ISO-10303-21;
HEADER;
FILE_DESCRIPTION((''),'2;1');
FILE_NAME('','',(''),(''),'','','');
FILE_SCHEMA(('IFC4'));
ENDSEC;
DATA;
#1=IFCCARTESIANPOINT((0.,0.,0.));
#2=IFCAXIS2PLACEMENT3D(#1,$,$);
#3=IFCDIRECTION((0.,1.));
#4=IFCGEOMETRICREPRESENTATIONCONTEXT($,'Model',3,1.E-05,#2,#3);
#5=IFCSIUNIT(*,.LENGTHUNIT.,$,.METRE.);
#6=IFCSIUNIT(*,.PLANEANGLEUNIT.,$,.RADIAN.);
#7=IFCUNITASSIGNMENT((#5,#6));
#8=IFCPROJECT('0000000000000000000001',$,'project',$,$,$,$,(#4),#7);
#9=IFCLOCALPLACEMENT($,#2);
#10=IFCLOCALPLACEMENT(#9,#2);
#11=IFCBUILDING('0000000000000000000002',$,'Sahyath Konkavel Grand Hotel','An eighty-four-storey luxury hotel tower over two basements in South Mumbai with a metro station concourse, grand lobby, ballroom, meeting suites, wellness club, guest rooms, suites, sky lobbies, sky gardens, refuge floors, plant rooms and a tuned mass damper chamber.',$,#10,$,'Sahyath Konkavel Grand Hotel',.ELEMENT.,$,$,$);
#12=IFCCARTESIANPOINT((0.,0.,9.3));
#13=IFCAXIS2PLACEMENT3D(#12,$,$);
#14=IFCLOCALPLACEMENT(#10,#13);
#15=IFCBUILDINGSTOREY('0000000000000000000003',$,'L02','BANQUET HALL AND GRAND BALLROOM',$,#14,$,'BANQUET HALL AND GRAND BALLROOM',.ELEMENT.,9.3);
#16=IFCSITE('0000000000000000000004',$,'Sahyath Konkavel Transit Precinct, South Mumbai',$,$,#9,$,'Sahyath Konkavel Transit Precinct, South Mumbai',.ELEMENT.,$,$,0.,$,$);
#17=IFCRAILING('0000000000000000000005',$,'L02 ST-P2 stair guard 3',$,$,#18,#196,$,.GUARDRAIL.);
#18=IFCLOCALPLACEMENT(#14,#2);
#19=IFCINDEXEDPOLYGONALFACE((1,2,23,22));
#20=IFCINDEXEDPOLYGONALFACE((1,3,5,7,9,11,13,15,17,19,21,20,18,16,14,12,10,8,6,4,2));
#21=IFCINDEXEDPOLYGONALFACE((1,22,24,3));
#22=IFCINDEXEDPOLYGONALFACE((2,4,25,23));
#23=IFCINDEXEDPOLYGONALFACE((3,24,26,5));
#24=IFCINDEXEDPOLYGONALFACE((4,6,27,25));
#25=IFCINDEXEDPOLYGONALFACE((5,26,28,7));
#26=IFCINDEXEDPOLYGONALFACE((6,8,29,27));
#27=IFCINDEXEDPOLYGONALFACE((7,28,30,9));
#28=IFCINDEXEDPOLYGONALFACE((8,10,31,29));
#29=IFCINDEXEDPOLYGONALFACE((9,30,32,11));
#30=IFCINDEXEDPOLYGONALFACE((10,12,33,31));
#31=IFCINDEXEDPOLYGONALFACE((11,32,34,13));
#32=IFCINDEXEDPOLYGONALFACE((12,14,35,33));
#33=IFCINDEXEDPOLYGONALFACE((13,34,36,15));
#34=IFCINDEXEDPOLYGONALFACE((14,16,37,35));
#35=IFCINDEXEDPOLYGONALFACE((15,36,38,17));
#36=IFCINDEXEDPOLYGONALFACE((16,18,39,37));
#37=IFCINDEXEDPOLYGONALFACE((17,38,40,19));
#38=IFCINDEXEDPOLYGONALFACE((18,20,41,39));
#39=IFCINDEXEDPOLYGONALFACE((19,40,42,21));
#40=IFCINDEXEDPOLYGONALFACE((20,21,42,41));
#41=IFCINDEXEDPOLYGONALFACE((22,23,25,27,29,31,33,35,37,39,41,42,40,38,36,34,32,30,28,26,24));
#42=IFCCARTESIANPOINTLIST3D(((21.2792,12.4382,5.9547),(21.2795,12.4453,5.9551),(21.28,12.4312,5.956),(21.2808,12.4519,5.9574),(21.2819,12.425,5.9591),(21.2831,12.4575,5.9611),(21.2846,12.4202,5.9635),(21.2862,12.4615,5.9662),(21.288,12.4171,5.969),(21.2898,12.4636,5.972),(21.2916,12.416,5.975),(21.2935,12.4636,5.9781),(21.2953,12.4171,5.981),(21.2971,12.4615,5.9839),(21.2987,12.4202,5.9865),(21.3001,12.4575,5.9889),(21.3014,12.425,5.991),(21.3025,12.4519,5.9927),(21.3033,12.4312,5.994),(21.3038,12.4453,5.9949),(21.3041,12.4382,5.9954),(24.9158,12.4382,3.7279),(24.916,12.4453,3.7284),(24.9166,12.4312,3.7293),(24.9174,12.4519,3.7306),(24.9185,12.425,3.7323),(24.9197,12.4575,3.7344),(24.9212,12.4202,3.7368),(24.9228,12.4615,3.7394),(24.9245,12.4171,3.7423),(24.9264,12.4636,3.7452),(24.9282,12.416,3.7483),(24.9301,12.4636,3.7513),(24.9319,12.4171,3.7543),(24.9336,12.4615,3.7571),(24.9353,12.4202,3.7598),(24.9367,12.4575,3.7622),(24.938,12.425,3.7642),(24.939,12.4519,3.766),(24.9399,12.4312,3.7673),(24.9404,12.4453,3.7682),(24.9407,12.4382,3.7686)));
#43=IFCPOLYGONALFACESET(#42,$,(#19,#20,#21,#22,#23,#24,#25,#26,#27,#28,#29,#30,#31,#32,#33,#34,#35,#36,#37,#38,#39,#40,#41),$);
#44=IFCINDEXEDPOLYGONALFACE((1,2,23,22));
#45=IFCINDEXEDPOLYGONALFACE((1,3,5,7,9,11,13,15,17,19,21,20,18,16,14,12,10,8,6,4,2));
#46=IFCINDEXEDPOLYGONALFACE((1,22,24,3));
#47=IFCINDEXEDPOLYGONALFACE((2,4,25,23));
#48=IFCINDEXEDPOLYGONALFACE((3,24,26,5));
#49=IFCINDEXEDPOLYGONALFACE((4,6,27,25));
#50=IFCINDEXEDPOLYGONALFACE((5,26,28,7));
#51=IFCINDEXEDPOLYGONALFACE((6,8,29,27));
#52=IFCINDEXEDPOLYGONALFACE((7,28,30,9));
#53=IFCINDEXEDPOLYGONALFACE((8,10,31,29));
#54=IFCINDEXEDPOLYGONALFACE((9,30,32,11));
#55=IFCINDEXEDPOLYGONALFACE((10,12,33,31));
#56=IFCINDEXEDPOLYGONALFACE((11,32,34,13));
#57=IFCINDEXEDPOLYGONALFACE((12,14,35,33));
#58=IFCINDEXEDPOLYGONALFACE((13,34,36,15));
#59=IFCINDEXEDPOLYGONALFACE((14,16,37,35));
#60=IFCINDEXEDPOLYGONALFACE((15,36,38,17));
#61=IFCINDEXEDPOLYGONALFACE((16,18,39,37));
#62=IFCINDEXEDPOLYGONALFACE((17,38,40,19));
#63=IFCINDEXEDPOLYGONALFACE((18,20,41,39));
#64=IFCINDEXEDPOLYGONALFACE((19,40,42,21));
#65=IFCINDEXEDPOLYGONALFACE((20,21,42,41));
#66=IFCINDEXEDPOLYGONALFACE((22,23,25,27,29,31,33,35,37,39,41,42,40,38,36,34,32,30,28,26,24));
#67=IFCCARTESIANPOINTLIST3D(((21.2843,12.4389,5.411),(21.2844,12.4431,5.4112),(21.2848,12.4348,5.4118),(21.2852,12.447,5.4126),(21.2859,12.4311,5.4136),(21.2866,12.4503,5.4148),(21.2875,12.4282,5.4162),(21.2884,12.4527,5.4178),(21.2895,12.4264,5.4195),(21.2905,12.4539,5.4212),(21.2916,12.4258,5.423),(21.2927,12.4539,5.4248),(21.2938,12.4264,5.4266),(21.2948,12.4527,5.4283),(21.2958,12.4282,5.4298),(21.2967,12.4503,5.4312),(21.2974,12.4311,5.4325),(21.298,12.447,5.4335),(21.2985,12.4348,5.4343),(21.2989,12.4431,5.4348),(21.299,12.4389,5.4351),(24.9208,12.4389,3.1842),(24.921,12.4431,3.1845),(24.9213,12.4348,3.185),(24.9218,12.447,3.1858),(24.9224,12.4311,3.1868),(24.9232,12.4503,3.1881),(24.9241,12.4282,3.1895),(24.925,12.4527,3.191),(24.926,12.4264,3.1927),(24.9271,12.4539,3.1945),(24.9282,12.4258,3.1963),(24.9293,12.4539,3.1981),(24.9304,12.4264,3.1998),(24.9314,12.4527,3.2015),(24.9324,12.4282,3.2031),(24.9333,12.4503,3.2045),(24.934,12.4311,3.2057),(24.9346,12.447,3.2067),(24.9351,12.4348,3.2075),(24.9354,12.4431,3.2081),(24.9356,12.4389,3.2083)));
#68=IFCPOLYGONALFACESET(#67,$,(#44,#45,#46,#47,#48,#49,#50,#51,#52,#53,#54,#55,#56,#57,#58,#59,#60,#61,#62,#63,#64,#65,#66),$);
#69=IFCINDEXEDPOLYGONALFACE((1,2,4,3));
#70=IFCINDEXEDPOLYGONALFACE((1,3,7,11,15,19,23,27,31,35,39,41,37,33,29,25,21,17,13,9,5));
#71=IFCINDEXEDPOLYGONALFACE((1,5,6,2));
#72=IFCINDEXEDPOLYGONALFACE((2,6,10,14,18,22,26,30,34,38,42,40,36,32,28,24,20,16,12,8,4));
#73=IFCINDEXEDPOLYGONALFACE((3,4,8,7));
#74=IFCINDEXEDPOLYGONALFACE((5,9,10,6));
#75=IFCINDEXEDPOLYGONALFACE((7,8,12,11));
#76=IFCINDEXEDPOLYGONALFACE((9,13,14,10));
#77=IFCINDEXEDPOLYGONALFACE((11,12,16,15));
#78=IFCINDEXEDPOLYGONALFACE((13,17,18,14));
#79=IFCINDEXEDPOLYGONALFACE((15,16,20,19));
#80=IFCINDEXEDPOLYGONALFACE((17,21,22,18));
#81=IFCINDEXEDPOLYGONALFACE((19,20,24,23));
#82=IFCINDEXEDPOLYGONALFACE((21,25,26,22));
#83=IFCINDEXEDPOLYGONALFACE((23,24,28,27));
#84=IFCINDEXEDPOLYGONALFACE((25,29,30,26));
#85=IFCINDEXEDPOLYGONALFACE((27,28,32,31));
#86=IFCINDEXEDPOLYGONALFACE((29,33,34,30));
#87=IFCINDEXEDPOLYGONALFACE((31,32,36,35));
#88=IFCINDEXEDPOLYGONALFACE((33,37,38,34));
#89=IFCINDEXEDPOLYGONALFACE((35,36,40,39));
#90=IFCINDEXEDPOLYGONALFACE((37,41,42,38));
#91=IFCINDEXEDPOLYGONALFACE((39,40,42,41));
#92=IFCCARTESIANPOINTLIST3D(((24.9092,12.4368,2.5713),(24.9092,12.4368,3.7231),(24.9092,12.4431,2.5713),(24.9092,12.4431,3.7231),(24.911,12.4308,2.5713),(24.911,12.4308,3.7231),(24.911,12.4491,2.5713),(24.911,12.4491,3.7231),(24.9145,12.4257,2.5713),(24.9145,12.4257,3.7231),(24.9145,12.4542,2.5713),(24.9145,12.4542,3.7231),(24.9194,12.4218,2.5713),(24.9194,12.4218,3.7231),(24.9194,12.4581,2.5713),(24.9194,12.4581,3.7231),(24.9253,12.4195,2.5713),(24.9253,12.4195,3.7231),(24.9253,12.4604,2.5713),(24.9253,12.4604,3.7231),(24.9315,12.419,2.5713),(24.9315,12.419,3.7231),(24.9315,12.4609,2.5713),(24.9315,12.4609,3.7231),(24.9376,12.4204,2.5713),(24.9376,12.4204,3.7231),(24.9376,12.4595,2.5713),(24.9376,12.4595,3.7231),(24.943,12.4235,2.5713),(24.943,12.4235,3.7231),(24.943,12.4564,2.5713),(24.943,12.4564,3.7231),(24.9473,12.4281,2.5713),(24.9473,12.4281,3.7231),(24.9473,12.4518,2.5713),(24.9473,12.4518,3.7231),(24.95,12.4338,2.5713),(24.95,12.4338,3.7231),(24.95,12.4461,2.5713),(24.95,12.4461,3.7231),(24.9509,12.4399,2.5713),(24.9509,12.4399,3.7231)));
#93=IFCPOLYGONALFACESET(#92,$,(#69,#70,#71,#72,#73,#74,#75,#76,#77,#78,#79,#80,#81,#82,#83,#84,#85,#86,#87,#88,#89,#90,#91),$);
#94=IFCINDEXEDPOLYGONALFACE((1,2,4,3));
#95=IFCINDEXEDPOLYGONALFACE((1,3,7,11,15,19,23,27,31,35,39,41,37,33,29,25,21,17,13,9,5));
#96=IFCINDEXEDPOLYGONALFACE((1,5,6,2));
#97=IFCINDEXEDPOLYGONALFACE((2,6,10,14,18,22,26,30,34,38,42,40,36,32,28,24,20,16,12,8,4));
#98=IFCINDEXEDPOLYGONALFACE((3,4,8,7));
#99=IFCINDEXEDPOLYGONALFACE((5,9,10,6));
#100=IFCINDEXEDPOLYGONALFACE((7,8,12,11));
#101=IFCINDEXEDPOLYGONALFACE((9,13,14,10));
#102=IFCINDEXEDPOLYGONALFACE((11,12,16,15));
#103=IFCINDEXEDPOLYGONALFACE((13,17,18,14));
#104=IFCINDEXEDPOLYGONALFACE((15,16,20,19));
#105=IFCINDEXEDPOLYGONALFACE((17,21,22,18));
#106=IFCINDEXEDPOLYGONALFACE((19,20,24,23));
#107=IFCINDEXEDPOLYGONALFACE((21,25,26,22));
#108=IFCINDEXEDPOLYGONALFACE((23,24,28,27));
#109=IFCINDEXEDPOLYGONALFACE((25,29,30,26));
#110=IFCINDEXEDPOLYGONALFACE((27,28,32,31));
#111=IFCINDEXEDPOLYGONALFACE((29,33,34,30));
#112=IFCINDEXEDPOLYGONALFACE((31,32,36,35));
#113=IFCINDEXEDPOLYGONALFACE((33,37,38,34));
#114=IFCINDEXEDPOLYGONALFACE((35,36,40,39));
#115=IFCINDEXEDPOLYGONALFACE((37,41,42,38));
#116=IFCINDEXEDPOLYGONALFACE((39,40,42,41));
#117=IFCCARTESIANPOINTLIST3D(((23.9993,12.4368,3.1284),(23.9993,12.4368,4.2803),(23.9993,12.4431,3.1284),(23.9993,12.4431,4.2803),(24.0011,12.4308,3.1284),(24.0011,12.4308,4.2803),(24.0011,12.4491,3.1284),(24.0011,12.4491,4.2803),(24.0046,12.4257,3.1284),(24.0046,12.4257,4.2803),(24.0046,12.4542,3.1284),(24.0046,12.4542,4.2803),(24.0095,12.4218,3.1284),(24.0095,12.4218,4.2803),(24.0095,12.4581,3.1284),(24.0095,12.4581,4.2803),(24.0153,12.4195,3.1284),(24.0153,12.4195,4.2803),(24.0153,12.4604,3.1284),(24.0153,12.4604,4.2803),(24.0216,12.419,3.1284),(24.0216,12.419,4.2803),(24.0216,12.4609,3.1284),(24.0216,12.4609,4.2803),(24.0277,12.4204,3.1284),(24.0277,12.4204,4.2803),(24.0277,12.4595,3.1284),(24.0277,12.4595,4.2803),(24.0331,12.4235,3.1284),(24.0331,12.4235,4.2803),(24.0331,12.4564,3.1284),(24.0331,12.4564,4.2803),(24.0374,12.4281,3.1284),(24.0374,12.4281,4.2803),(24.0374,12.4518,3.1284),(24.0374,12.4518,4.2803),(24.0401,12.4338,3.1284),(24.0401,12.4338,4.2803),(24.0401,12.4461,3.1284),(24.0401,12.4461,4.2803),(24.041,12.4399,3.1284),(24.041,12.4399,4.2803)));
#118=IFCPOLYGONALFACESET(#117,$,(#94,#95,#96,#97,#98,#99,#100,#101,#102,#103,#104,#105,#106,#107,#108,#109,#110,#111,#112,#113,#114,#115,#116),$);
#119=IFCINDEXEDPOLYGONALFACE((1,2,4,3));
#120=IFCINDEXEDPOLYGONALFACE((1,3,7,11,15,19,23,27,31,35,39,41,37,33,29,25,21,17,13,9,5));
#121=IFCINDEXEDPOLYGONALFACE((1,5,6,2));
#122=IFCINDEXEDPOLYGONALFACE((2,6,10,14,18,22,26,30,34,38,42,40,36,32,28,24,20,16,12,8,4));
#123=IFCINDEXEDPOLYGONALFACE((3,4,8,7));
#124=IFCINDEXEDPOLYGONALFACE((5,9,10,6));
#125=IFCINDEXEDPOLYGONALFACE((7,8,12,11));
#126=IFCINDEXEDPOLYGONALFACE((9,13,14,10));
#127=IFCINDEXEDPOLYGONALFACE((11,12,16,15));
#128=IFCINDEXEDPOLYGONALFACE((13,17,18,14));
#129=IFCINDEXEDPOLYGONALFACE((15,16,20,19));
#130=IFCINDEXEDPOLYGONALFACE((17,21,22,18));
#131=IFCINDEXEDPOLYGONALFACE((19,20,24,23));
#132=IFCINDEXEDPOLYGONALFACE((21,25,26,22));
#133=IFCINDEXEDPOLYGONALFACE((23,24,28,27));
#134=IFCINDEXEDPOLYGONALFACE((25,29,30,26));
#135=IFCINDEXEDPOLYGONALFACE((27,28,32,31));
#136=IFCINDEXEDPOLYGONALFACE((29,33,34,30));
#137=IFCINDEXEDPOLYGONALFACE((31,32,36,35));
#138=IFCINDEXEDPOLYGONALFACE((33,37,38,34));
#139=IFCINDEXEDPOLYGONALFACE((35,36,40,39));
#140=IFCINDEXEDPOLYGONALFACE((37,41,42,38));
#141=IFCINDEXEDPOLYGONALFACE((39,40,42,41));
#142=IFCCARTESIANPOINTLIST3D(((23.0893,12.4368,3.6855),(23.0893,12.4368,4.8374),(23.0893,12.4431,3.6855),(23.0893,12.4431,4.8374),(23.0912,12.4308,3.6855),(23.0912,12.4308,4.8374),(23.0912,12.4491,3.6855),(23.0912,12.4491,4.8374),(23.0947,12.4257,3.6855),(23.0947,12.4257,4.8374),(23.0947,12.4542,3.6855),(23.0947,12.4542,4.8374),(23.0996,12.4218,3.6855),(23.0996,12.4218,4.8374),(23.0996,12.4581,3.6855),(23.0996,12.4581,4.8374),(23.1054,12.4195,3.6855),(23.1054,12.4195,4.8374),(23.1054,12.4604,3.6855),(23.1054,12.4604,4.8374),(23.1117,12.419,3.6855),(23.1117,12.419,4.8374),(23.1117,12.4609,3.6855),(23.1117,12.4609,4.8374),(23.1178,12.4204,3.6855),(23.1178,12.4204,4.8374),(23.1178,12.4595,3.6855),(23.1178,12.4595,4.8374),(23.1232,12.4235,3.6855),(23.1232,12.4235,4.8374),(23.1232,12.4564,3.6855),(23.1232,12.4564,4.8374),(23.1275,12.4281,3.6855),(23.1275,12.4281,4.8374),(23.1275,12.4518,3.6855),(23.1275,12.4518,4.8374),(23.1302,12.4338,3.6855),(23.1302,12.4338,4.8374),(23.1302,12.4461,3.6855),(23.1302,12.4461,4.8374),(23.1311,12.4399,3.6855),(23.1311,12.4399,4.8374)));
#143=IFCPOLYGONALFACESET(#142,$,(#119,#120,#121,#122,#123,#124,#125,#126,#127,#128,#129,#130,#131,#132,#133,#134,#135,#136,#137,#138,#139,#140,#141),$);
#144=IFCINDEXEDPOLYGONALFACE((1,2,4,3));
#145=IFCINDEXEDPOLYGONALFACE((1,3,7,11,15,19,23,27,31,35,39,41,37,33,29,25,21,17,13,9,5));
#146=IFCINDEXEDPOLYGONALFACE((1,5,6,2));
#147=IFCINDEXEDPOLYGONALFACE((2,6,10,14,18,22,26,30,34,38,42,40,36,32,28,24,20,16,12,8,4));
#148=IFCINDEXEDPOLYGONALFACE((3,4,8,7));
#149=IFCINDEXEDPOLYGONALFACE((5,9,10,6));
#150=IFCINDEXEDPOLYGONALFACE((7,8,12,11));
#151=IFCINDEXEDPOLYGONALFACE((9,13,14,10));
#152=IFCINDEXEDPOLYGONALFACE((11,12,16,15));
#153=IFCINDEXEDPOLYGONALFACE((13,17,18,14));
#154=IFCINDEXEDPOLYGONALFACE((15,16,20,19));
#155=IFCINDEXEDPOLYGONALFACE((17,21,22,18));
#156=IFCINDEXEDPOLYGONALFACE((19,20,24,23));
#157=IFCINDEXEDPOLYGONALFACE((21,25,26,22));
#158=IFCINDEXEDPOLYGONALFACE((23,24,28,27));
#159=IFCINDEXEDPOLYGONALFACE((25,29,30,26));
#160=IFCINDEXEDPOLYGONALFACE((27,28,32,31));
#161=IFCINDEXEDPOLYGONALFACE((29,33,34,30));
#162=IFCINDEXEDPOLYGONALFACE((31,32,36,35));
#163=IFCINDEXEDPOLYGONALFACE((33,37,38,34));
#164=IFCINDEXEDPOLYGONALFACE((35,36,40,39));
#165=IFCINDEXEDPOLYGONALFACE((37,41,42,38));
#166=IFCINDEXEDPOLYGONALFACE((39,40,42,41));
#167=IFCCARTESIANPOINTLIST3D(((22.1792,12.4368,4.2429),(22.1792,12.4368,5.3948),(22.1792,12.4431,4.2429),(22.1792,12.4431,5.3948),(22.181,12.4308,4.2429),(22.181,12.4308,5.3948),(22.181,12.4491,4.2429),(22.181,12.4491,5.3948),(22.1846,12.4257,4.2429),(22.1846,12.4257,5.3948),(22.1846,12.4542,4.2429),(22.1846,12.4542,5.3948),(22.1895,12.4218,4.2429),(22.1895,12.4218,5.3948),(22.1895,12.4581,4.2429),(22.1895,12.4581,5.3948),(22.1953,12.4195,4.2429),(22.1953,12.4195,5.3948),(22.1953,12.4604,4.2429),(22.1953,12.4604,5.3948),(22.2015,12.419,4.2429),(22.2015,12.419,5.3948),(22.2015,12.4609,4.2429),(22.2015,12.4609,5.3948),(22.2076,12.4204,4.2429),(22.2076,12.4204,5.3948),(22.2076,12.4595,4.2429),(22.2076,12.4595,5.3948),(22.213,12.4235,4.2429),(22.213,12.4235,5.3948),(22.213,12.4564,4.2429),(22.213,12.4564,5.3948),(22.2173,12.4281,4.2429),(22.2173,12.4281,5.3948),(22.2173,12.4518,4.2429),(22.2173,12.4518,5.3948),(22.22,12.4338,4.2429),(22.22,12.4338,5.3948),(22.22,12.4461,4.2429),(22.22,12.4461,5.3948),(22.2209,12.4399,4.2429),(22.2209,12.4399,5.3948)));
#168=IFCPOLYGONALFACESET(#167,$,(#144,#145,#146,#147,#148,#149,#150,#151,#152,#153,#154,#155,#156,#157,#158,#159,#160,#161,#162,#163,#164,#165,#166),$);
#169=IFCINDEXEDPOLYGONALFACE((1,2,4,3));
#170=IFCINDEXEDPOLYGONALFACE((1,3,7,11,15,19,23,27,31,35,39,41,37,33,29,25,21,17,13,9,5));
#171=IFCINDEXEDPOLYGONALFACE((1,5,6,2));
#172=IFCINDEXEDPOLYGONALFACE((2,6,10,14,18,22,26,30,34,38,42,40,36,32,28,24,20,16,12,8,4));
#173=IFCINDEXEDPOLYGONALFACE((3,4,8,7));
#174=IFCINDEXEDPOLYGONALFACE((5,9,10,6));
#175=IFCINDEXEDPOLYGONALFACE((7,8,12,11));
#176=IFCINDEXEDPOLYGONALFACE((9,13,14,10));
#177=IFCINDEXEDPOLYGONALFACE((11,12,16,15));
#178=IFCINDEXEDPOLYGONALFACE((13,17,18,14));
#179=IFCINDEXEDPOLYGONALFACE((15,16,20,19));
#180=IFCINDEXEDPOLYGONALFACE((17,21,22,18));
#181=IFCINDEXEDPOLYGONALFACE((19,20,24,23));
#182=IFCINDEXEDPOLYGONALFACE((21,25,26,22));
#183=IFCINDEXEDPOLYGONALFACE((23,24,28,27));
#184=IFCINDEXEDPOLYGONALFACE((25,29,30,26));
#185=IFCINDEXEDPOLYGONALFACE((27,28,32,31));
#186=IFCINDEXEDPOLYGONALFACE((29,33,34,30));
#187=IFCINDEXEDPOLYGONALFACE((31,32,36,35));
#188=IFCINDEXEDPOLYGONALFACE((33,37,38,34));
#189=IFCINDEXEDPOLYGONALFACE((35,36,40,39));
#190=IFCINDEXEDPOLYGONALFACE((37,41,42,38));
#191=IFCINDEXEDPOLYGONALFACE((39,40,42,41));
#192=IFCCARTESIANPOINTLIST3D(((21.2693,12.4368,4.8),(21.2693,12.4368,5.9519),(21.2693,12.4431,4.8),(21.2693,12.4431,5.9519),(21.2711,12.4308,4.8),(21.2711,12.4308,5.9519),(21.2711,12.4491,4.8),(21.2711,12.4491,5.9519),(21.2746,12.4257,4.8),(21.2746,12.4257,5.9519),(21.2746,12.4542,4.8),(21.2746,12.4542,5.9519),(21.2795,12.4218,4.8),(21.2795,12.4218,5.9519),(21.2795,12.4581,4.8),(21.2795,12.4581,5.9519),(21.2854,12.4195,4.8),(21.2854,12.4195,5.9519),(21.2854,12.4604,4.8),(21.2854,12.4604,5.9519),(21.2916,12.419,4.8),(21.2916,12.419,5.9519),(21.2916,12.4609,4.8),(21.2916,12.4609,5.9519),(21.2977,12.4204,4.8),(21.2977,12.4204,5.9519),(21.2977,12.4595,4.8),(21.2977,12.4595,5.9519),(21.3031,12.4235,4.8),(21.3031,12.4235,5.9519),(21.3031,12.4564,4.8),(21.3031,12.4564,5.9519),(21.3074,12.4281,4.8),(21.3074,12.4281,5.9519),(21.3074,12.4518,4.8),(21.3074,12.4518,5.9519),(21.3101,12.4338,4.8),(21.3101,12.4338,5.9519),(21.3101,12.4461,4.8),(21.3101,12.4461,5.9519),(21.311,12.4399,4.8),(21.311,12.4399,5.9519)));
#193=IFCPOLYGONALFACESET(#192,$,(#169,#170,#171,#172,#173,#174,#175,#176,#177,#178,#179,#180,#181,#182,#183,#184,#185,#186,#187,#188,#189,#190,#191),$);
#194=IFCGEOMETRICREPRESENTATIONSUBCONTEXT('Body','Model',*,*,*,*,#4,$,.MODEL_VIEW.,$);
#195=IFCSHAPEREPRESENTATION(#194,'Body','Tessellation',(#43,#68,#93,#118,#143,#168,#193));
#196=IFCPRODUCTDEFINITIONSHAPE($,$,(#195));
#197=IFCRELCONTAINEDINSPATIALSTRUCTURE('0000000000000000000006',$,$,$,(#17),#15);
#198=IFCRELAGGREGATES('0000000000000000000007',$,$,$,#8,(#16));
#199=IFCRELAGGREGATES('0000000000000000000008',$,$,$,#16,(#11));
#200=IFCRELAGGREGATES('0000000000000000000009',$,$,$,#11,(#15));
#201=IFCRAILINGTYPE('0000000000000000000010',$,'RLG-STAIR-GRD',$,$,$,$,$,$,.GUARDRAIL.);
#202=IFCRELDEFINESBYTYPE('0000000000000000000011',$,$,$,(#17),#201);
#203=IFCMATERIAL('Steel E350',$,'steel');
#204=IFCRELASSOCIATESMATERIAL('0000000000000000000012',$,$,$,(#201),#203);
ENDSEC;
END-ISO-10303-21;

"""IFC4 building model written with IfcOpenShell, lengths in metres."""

from ifc_helpers import new_model, si_unit, direction, frame, origin, origin_2d, place, context, subcontext, project, spatial, circle, extrude, material, type_object, element, save


model = new_model("IFC4")

# Units and contexts
model_context = context("Model", 3, precision=1e-05, world=origin(), true_north=direction((0.0, 1.0)))
body_context = subcontext(model_context, "Body", "Model", "MODEL_VIEW")
ifc_project = project(units=[si_unit("LENGTHUNIT", "METRE"), si_unit("PLANEANGLEUNIT", "RADIAN")], contexts=[model_context])

# Site, building, storey
site_placement = place(None, origin())
site = spatial("IfcSite", under=ifc_project, at=site_placement, Name="Sahyath Konkavel Transit Precinct, South Mumbai", LongName="Sahyath Konkavel Transit Precinct, South Mumbai", CompositionType="ELEMENT", RefElevation=0.0)
building_placement = place(site_placement, origin())
building = spatial("IfcBuilding", under=site, at=building_placement, Name="Sahyath Konkavel Grand Hotel", Description="An eighty-four-storey luxury hotel tower over two basements in South Mumbai with a metro station concourse, grand lobby, ballroom, meeting suites, wellness club, guest rooms, suites, sky lobbies, sky gardens, refuge floors, plant rooms and a tuned mass damper chamber.", LongName="Sahyath Konkavel Grand Hotel", CompositionType="ELEMENT")
storey_placement = place(building_placement, frame((0.0, 0.0, 9.3)))
storey = spatial("IfcBuildingStorey", under=building, at=storey_placement, Name="L02", Description="BANQUET HALL AND GRAND BALLROOM", LongName="BANQUET HALL AND GRAND BALLROOM", CompositionType="ELEMENT", Elevation=9.3)

# Railing
ifc_material_1 = material(Name="Steel E350", Category="steel")
railing_type_1 = type_object("IfcRailingType", Name="RLG-STAIR-GRD", PredefinedType="GUARDRAIL", material=ifc_material_1)
railing_1_placement = place(storey_placement, frame((24.9299, 12.4399, 2.5713)))
element("IfcRailing", 1, at=railing_1_placement, inside=storey, type_object=railing_type_1, Name="L02 ST-P2 stair guard 3", PredefinedType="GUARDRAIL", context=body_context, shape_type="SweptSolid", body=[
    extrude(circle(Radius=0.0239, at=origin_2d()), frame((-0.0017, 0.0, 1.177), z_axis=(-0.852825, 0.0, 0.522197), x_axis=(0.0, -1.0, 0.0)), (0.0, 0.0, 1.0), 4.2642),
    extrude(circle(Radius=0.0142, at=origin_2d()), frame((-0.0017, 0.0, 0.625), z_axis=(-0.852825, 0.0, 0.522197), x_axis=(0.0, -1.0, 0.0)), (0.0, 0.0, 1.0), 4.2642),
    extrude(circle(Radius=0.021, at=origin_2d()), origin(), (0.0, 0.0, 1.0), 1.1519),
    extrude(circle(Radius=0.021, at=origin_2d()), frame((-0.9099, 0.0, 0.5571)), (0.0, 0.0, 1.0), 1.1519),
    extrude(circle(Radius=0.021, at=origin_2d()), frame((-1.8198, 0.0, 1.1143)), (0.0, 0.0, 1.0), 1.1519),
    extrude(circle(Radius=0.021, at=origin_2d()), frame((-2.73, 0.0, 1.6716)), (0.0, 0.0, 1.0), 1.1519),
    extrude(circle(Radius=0.021, at=origin_2d()), frame((-3.6399, 0.0, 2.2288)), (0.0, 0.0, 1.0), 1.1519),
])

save(model, "model.ifc")
